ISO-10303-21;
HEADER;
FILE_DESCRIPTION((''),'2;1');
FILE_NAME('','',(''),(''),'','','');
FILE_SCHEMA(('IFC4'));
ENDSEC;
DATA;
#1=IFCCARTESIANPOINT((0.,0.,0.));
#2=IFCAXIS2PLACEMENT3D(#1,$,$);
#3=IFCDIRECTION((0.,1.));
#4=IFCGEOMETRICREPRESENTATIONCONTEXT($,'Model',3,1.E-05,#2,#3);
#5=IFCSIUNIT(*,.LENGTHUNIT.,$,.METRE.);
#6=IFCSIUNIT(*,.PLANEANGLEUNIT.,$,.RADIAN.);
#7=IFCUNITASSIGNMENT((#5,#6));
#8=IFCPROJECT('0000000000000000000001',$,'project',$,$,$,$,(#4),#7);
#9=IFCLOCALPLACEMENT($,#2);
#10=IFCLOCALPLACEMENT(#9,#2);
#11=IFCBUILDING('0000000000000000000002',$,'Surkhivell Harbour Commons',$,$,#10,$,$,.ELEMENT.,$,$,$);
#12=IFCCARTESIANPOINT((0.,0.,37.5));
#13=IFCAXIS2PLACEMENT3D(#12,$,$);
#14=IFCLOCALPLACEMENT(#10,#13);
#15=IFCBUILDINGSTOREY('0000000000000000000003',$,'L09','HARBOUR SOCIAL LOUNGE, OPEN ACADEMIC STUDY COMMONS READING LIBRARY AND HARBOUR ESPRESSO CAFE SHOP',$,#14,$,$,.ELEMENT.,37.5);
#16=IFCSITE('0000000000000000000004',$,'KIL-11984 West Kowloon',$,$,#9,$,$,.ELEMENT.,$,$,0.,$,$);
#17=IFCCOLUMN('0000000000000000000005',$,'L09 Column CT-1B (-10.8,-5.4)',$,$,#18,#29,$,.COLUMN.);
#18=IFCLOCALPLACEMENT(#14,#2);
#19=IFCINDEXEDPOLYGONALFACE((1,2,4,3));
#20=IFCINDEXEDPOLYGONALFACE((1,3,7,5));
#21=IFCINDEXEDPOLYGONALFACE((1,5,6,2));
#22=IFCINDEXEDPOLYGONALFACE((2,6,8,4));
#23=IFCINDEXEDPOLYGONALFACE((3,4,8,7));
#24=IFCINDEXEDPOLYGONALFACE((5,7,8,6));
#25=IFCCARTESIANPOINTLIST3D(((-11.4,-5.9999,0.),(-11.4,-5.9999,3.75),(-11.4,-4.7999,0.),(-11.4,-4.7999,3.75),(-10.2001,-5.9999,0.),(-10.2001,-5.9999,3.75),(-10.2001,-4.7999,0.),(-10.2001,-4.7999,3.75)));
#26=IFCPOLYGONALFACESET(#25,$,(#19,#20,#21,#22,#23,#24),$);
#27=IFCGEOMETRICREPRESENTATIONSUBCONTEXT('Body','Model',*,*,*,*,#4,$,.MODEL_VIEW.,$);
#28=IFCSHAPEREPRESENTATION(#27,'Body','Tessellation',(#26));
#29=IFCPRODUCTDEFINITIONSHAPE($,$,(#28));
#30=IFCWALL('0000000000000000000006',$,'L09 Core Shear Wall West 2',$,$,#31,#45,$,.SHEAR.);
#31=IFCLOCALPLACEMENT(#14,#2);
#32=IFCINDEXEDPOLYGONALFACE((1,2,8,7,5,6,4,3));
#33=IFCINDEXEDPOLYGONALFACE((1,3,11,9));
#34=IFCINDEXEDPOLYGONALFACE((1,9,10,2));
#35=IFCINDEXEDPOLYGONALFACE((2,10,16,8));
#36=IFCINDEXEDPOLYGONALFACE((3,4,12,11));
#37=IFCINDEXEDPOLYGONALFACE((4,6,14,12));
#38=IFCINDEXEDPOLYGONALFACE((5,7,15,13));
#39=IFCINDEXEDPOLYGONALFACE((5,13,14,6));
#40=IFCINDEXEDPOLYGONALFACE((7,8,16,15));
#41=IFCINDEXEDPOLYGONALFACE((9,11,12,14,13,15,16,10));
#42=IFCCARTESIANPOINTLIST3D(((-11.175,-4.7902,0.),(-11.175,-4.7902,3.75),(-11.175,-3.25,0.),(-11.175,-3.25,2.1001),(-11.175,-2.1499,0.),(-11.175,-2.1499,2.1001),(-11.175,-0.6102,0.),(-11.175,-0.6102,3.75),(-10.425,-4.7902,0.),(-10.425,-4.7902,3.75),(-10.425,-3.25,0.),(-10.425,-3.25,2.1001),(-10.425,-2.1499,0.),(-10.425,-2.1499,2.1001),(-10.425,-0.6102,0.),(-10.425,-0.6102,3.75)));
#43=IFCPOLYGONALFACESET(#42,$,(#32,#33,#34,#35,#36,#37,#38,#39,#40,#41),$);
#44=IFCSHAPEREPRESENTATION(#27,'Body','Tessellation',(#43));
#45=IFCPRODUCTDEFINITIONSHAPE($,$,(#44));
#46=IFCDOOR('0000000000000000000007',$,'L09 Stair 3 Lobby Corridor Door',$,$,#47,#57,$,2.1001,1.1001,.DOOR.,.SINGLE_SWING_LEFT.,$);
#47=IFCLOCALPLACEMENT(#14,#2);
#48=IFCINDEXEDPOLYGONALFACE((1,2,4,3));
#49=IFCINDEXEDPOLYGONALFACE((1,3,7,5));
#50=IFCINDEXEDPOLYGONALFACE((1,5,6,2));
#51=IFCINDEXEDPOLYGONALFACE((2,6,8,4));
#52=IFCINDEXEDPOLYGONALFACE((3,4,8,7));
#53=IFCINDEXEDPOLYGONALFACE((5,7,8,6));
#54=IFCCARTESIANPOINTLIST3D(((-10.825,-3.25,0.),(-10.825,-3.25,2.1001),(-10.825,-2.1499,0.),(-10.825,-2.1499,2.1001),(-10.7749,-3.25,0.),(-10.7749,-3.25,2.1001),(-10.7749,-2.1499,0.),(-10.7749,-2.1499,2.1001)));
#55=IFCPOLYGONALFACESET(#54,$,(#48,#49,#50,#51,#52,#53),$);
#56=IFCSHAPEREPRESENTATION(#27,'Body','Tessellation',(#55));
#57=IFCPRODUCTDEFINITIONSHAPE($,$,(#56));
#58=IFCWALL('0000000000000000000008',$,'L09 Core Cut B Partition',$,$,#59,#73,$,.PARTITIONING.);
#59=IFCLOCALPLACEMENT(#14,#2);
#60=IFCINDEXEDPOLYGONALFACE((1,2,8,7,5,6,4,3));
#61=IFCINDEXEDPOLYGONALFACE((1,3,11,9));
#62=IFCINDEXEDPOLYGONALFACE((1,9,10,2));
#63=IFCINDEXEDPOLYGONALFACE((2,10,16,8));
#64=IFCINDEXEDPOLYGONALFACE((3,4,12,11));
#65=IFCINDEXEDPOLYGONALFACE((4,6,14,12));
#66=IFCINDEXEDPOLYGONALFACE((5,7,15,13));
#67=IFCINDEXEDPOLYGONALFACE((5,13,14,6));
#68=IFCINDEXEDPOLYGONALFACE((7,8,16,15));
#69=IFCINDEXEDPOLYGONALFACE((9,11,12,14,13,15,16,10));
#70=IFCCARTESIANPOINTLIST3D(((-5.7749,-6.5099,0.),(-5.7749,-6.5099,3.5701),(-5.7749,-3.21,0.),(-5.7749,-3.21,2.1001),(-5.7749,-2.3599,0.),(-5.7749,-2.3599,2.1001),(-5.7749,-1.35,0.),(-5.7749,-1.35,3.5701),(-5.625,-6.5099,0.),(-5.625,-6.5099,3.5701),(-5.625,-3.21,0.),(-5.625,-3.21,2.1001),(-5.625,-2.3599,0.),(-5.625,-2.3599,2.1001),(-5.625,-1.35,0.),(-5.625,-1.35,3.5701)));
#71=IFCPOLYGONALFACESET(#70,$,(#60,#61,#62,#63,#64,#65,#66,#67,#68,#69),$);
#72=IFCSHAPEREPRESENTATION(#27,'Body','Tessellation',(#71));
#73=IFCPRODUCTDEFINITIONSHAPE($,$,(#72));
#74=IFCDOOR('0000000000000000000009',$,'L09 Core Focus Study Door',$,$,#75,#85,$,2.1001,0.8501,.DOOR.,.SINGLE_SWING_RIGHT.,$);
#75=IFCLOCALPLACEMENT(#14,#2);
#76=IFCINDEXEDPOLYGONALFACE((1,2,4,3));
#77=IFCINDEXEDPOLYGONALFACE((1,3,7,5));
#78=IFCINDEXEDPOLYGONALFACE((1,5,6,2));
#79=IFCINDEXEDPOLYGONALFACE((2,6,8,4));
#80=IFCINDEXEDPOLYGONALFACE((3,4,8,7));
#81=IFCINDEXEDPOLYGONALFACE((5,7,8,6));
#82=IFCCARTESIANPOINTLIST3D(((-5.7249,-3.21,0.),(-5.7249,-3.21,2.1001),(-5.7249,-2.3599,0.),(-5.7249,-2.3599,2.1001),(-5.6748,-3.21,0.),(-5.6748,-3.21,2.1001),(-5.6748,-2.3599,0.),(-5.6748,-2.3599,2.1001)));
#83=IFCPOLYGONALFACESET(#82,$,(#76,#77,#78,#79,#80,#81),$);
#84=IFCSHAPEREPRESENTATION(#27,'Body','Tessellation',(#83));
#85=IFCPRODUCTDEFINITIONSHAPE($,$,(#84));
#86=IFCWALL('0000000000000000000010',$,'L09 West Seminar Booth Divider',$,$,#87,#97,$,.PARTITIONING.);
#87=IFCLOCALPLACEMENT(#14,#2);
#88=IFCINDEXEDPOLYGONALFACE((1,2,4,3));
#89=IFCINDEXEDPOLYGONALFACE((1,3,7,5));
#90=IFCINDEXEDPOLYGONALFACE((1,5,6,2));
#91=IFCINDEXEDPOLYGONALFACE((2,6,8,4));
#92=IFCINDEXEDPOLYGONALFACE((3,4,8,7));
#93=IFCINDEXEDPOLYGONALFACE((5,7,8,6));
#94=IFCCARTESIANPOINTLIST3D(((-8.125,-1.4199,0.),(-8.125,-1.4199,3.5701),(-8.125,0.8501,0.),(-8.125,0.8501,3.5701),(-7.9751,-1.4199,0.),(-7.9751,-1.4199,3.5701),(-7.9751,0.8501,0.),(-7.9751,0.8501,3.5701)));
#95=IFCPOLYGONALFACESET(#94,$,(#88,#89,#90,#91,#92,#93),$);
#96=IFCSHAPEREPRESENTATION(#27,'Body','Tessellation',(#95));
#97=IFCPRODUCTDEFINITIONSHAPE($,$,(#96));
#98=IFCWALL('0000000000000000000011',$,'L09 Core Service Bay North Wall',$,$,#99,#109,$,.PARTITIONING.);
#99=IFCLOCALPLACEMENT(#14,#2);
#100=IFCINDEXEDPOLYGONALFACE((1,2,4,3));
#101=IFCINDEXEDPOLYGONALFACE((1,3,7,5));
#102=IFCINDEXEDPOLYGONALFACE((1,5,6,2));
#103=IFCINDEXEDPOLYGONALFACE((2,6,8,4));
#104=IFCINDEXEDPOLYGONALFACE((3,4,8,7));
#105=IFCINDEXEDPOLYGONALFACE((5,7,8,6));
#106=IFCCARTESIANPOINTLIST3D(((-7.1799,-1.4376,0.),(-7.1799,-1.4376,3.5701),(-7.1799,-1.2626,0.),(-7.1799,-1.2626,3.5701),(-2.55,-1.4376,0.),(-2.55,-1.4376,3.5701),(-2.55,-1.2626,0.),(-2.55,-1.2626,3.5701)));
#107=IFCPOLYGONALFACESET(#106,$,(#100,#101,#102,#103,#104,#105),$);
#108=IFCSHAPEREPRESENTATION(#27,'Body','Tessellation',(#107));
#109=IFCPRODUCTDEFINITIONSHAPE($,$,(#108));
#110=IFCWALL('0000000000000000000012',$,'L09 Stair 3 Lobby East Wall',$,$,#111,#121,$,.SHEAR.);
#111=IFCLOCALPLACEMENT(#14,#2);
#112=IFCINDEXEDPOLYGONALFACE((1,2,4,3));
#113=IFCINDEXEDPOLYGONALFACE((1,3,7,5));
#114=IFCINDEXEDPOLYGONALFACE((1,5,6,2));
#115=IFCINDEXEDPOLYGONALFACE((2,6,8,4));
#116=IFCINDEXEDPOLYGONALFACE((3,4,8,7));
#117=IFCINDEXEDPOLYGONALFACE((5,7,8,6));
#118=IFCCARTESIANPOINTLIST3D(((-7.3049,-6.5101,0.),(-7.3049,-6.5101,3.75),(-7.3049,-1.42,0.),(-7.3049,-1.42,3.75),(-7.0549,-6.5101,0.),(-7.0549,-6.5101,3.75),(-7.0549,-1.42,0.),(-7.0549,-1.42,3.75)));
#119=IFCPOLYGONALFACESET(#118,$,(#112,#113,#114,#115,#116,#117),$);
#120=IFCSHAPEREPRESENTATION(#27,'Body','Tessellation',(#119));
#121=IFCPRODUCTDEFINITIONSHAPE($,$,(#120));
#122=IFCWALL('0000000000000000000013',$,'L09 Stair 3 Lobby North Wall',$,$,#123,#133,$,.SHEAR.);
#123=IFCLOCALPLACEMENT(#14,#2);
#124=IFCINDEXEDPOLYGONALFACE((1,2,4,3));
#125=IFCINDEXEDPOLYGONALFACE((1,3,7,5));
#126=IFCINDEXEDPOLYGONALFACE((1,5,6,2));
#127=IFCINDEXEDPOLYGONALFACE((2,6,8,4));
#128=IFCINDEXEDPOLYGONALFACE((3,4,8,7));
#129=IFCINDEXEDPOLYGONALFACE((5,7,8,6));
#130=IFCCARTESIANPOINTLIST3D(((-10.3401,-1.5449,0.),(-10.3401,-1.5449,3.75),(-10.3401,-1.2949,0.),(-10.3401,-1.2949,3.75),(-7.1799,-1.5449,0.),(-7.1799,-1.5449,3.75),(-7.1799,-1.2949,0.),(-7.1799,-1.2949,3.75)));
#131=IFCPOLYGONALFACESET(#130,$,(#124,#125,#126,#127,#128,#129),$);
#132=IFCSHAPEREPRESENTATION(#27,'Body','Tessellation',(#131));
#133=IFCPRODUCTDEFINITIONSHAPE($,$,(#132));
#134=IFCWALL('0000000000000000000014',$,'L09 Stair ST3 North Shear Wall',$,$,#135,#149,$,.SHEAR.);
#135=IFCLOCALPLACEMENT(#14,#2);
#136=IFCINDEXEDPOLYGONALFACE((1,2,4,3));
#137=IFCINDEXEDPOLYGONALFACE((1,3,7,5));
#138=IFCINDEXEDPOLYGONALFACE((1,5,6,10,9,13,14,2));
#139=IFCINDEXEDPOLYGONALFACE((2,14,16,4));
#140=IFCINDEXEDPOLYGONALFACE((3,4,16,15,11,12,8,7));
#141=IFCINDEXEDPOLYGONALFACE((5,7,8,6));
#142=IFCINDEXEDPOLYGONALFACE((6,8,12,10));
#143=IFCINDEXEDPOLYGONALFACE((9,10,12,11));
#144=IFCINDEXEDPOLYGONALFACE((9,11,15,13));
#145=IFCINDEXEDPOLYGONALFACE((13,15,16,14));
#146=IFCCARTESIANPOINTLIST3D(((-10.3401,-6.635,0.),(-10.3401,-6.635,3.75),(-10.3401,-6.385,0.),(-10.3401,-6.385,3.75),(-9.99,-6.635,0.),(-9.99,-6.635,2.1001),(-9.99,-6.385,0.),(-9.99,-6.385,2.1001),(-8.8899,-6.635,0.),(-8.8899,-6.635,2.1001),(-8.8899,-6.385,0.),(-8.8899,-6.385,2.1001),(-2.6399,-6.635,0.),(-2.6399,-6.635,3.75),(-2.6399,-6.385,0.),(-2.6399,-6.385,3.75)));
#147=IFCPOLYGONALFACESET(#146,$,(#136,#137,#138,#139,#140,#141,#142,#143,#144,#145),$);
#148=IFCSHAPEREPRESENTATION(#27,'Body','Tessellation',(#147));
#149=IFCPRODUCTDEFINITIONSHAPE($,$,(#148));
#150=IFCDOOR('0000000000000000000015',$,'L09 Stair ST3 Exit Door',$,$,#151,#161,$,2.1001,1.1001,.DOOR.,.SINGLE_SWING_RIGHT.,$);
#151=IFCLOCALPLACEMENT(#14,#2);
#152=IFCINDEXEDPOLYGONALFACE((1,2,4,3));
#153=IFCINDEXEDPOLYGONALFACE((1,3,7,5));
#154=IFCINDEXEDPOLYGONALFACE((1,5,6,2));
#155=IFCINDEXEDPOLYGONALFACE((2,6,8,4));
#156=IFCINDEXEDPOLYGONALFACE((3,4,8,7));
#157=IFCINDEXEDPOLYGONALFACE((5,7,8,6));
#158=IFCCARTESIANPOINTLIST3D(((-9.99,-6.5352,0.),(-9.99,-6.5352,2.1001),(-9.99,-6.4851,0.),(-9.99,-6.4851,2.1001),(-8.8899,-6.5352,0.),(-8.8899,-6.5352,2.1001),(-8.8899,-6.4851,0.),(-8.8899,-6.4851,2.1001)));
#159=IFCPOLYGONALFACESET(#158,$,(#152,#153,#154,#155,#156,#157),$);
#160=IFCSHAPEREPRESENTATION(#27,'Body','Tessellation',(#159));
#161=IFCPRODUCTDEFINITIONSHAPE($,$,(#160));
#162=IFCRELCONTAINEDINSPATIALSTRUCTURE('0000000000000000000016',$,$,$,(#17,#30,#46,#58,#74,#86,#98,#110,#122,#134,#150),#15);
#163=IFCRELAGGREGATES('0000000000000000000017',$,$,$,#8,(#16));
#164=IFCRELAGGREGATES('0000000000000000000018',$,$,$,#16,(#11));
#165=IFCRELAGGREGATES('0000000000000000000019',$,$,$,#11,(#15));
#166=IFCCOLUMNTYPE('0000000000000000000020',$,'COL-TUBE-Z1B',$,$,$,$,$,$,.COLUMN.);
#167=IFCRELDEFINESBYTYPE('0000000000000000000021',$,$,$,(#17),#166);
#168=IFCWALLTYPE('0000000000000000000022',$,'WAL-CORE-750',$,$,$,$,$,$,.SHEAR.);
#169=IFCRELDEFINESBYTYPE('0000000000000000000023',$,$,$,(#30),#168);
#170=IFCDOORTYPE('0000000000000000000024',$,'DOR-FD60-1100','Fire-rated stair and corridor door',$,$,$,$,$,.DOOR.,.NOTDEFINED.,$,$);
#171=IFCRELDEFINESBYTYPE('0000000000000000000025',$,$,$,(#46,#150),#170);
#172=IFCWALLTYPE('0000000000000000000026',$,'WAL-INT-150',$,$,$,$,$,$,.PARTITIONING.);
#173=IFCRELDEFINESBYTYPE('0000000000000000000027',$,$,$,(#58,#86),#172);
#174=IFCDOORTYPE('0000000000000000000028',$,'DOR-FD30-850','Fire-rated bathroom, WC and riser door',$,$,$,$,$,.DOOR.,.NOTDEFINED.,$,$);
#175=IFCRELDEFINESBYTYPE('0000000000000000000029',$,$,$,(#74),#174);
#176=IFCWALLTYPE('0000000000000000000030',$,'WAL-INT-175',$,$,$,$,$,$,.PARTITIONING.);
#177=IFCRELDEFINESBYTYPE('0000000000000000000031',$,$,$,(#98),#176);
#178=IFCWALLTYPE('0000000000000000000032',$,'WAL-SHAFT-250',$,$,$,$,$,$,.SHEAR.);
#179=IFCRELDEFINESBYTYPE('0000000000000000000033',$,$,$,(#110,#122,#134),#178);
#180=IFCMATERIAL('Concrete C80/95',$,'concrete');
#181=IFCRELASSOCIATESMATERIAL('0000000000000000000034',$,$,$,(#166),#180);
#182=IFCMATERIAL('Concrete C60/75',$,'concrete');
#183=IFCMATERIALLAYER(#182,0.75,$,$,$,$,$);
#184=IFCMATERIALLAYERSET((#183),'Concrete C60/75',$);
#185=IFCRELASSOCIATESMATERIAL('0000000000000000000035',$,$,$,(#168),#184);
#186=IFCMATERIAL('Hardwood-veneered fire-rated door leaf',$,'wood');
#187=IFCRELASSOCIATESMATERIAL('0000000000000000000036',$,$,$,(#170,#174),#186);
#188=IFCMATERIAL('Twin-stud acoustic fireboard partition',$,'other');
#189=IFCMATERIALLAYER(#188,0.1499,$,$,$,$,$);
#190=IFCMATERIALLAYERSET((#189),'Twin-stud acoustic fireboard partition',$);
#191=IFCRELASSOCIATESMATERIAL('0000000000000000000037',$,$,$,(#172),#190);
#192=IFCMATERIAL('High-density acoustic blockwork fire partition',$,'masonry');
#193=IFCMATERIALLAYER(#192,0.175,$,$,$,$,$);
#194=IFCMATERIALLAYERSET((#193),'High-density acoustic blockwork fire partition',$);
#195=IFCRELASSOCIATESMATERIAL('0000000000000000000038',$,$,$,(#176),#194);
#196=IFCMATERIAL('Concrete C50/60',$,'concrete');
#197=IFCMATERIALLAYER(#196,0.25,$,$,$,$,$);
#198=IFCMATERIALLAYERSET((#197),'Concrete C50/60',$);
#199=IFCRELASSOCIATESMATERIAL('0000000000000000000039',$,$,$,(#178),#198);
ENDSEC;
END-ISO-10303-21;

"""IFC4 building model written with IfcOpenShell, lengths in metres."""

from ifc_helpers import new_model, si_unit, direction, frame, frame_2d, origin, origin_2d, place, context, subcontext, project, spatial, rectangle, extrude, material, layer, layer_set, material_profile, profile_set, type_object, element, fill, save


model = new_model("IFC4")

# Units and contexts
model_context = context("Model", 3, precision=1e-05, world=origin(), true_north=direction((0.0, 1.0)))
body_context = subcontext(model_context, "Body", "Model", "MODEL_VIEW")
ifc_project = project(units=[si_unit("LENGTHUNIT", "METRE"), si_unit("PLANEANGLEUNIT", "RADIAN")], contexts=[model_context])

# Site, building, storey
site_placement = place(None, origin())
site = spatial("IfcSite", under=ifc_project, at=site_placement, Name="KIL-11984 West Kowloon", CompositionType="ELEMENT", RefElevation=0.0)
building_placement = place(site_placement, origin())
building = spatial("IfcBuilding", under=site, at=building_placement, Name="Surkhivell Harbour Commons", CompositionType="ELEMENT")
storey_placement = place(building_placement, frame((0.0, 0.0, 37.5)))
storey = spatial("IfcBuildingStorey", under=building, at=storey_placement, Name="L09", Description="HARBOUR SOCIAL LOUNGE, OPEN ACADEMIC STUDY COMMONS READING LIBRARY AND HARBOUR ESPRESSO CAFE SHOP", CompositionType="ELEMENT", Elevation=37.5)

# Column
ifc_material_1 = material(Name="Concrete C80/95", Category="concrete")
ifc_material_profile = material_profile(ifc_material_1, rectangle(XDim=1.2, YDim=1.2, at=origin_2d()), Name="RC-COL-1200x1200")
ifc_profile_set = profile_set([ifc_material_profile], Name="Concrete C80/95")
column_type = type_object("IfcColumnType", Name="COL-TUBE-Z1B", PredefinedType="COLUMN", material=ifc_profile_set)
column_placement = place(storey_placement, frame((-10.8, -5.3999, 0.0), z_axis=(0.0, 0.0, 1.0), x_axis=(1.0, 0.0, 0.0)))
element("IfcColumn", 1, at=column_placement, inside=storey, type_object=column_type, Name="L09 Column CT-1B (-10.8,-5.4)", PredefinedType="COLUMN", context=body_context, shape_type="SweptSolid", body=[
    extrude(rectangle(XDim=1.2, YDim=1.2, at=origin_2d()), origin(), (0.0, 0.0, 1.0), 3.75),
])

# Walls, openings, doors
ifc_material_2 = material(Name="Concrete C60/75", Category="concrete")
ifc_layer_1 = layer(ifc_material_2, 0.75)
ifc_layer_set_1 = layer_set([ifc_layer_1], Name="Concrete C60/75")
wall_type_1 = type_object("IfcWallType", Name="WAL-CORE-750", PredefinedType="SHEAR", material=ifc_layer_set_1)
wall_1_placement = place(storey_placement, frame((-10.8, -4.79, 0.0), z_axis=(0.0, 0.0, 1.0), x_axis=(0.0, 1.0, 0.0)))
wall_1 = element("IfcWall", 2, at=wall_1_placement, inside=storey, type_object=wall_type_1, Name="L09 Core Shear Wall West 2", PredefinedType="SHEAR", context=body_context, shape_type="SweptSolid", body=[
    extrude(rectangle(XDim=4.1799, YDim=0.75, at=frame_2d((2.0898, 0.0))), origin(), (0.0, 0.0, 1.0), 3.75),
])
opening_1_placement = place(wall_1_placement, frame((1.54, 0.0, 0.0)))
opening_1 = element("IfcOpeningElement", 3, at=opening_1_placement, cuts=wall_1, PredefinedType="OPENING", context=body_context, shape_type="SweptSolid", body=[
    extrude(rectangle(XDim=1.1001, YDim=2.1001, at=frame_2d((0.55, 1.05))), frame((0.0, 0.385, 0.0), z_axis=(0.0, -1.0, 0.0), x_axis=(1.0, 0.0, 0.0)), (0.0, 0.0, 1.0), 0.77),
])
ifc_material_3 = material(Name="Hardwood-veneered fire-rated door leaf", Category="wood")
door_type_1 = type_object("IfcDoorType", Name="DOR-FD60-1100", Description="Fire-rated stair and corridor door", OperationType="NOTDEFINED", PredefinedType="DOOR", material=ifc_material_3)
door_1_placement = place(opening_1_placement, origin())
door_1 = element("IfcDoor", 4, at=door_1_placement, inside=storey, type_object=door_type_1, Name="L09 Stair 3 Lobby Corridor Door", OperationType="SINGLE_SWING_LEFT", OverallHeight=2.1001, OverallWidth=1.1001, PredefinedType="DOOR", context=body_context, shape_type="SweptSolid", body=[
    extrude(rectangle(XDim=1.1001, YDim=2.1001, at=frame_2d((0.55, 1.05))), frame((0.0, 0.0249, 0.0), z_axis=(0.0, -1.0, 0.0), x_axis=(1.0, 0.0, 0.0)), (0.0, 0.0, 1.0), 0.05),
])
fill(opening_1, door_1)
ifc_material_4 = material(Name="Twin-stud acoustic fireboard partition", Category="other")
ifc_layer_2 = layer(ifc_material_4, 0.1499)
ifc_layer_set_2 = layer_set([ifc_layer_2], Name="Twin-stud acoustic fireboard partition")
wall_type_2 = type_object("IfcWallType", Name="WAL-INT-150", PredefinedType="PARTITIONING", material=ifc_layer_set_2)
wall_2_placement = place(storey_placement, frame((-5.7, -6.51, 0.0), z_axis=(0.0, 0.0, 1.0), x_axis=(0.0, 1.0, 0.0)))
wall_2 = element("IfcWall", 5, at=wall_2_placement, inside=storey, type_object=wall_type_2, Name="L09 Core Cut B Partition", PredefinedType="PARTITIONING", context=body_context, shape_type="SweptSolid", body=[
    extrude(rectangle(XDim=5.1599, YDim=0.1499, at=frame_2d((2.5801, 0.0))), origin(), (0.0, 0.0, 1.0), 3.5701),
])
opening_2_placement = place(wall_2_placement, frame((3.3, 0.0, 0.0)))
opening_2 = element("IfcOpeningElement", 6, at=opening_2_placement, cuts=wall_2, PredefinedType="OPENING", context=body_context, shape_type="SweptSolid", body=[
    extrude(rectangle(XDim=0.8501, YDim=2.1001, at=frame_2d((0.425, 1.05))), frame((0.0, 0.085, 0.0), z_axis=(0.0, -1.0, 0.0), x_axis=(1.0, 0.0, 0.0)), (0.0, 0.0, 1.0), 0.1699),
])
door_type_2 = type_object("IfcDoorType", Name="DOR-FD30-850", Description="Fire-rated bathroom, WC and riser door", OperationType="NOTDEFINED", PredefinedType="DOOR", material=ifc_material_3)
door_2_placement = place(opening_2_placement, origin())
door_2 = element("IfcDoor", 7, at=door_2_placement, inside=storey, type_object=door_type_2, Name="L09 Core Focus Study Door", OperationType="SINGLE_SWING_RIGHT", OverallHeight=2.1001, OverallWidth=0.8501, PredefinedType="DOOR", context=body_context, shape_type="SweptSolid", body=[
    extrude(rectangle(XDim=0.8501, YDim=2.1001, at=frame_2d((0.425, 1.05))), frame((0.0, 0.0249, 0.0), z_axis=(0.0, -1.0, 0.0), x_axis=(1.0, 0.0, 0.0)), (0.0, 0.0, 1.0), 0.05),
])
fill(opening_2, door_2)

# Walls
wall_3_placement = place(storey_placement, frame((-8.05, -1.4199, 0.0), z_axis=(0.0, 0.0, 1.0), x_axis=(0.0, 1.0, 0.0)))
element("IfcWall", 8, at=wall_3_placement, inside=storey, type_object=wall_type_2, Name="L09 West Seminar Booth Divider", PredefinedType="PARTITIONING", context=body_context, shape_type="SweptSolid", body=[
    extrude(rectangle(XDim=2.27, YDim=0.1499, at=frame_2d((1.135, 0.0))), origin(), (0.0, 0.0, 1.0), 3.5701),
])
ifc_material_5 = material(Name="High-density acoustic blockwork fire partition", Category="masonry")
ifc_layer_3 = layer(ifc_material_5, 0.175)
ifc_layer_set_3 = layer_set([ifc_layer_3], Name="High-density acoustic blockwork fire partition")
wall_type_3 = type_object("IfcWallType", Name="WAL-INT-175", PredefinedType="PARTITIONING", material=ifc_layer_set_3)
wall_4_placement = place(storey_placement, frame((-7.1799, -1.3501, 0.0), z_axis=(0.0, 0.0, 1.0), x_axis=(1.0, 0.0, 0.0)))
element("IfcWall", 9, at=wall_4_placement, inside=storey, type_object=wall_type_3, Name="L09 Core Service Bay North Wall", PredefinedType="PARTITIONING", context=body_context, shape_type="SweptSolid", body=[
    extrude(rectangle(XDim=4.6299, YDim=0.175, at=frame_2d((2.3149, 0.0))), origin(), (0.0, 0.0, 1.0), 3.5701),
])
ifc_material_6 = material(Name="Concrete C50/60", Category="concrete")
ifc_layer_4 = layer(ifc_material_6, 0.25)
ifc_layer_set_4 = layer_set([ifc_layer_4], Name="Concrete C50/60")
wall_type_4 = type_object("IfcWallType", Name="WAL-SHAFT-250", PredefinedType="SHEAR", material=ifc_layer_set_4)
wall_5_placement = place(storey_placement, frame((-7.1799, -6.51, 0.0), z_axis=(0.0, 0.0, 1.0), x_axis=(0.0, 1.0, 0.0)))
element("IfcWall", 10, at=wall_5_placement, inside=storey, type_object=wall_type_4, Name="L09 Stair 3 Lobby East Wall", PredefinedType="SHEAR", context=body_context, shape_type="SweptSolid", body=[
    extrude(rectangle(XDim=5.0901, YDim=0.25, at=frame_2d((2.5449, 0.0))), origin(), (0.0, 0.0, 1.0), 3.75),
])
wall_6_placement = place(storey_placement, frame((-10.3401, -1.4199, 0.0), z_axis=(0.0, 0.0, 1.0), x_axis=(1.0, 0.0, 0.0)))
element("IfcWall", 11, at=wall_6_placement, inside=storey, type_object=wall_type_4, Name="L09 Stair 3 Lobby North Wall", PredefinedType="SHEAR", context=body_context, shape_type="SweptSolid", body=[
    extrude(rectangle(XDim=3.1602, YDim=0.25, at=frame_2d((1.5801, 0.0))), origin(), (0.0, 0.0, 1.0), 3.75),
])

# Wall, opening, door
wall_7_placement = place(storey_placement, frame((-10.3401, -6.51, 0.0), z_axis=(0.0, 0.0, 1.0), x_axis=(1.0, 0.0, 0.0)))
wall_7 = element("IfcWall", 12, at=wall_7_placement, inside=storey, type_object=wall_type_4, Name="L09 Stair ST3 North Shear Wall", PredefinedType="SHEAR", context=body_context, shape_type="SweptSolid", body=[
    extrude(rectangle(XDim=7.7002, YDim=0.25, at=frame_2d((3.8501, 0.0))), origin(), (0.0, 0.0, 1.0), 3.75),
])
opening_3_placement = place(wall_7_placement, frame((0.3501, 0.0, 0.0)))
opening_3 = element("IfcOpeningElement", 13, at=opening_3_placement, cuts=wall_7, PredefinedType="OPENING", context=body_context, shape_type="SweptSolid", body=[
    extrude(rectangle(XDim=1.1001, YDim=2.1001, at=frame_2d((0.55, 1.05))), frame((0.0, 0.135, 0.0), z_axis=(0.0, -1.0, 0.0), x_axis=(1.0, 0.0, 0.0)), (0.0, 0.0, 1.0), 0.27),
])
door_3_placement = place(opening_3_placement, origin())
door_3 = element("IfcDoor", 14, at=door_3_placement, inside=storey, type_object=door_type_1, Name="L09 Stair ST3 Exit Door", OperationType="SINGLE_SWING_RIGHT", OverallHeight=2.1001, OverallWidth=1.1001, PredefinedType="DOOR", context=body_context, shape_type="SweptSolid", body=[
    extrude(rectangle(XDim=1.1001, YDim=2.1001, at=frame_2d((0.55, 1.05))), frame((0.0, 0.0249, 0.0), z_axis=(0.0, -1.0, 0.0), x_axis=(1.0, 0.0, 0.0)), (0.0, 0.0, 1.0), 0.05),
])
fill(opening_3, door_3)

save(model, "model.ifc")
